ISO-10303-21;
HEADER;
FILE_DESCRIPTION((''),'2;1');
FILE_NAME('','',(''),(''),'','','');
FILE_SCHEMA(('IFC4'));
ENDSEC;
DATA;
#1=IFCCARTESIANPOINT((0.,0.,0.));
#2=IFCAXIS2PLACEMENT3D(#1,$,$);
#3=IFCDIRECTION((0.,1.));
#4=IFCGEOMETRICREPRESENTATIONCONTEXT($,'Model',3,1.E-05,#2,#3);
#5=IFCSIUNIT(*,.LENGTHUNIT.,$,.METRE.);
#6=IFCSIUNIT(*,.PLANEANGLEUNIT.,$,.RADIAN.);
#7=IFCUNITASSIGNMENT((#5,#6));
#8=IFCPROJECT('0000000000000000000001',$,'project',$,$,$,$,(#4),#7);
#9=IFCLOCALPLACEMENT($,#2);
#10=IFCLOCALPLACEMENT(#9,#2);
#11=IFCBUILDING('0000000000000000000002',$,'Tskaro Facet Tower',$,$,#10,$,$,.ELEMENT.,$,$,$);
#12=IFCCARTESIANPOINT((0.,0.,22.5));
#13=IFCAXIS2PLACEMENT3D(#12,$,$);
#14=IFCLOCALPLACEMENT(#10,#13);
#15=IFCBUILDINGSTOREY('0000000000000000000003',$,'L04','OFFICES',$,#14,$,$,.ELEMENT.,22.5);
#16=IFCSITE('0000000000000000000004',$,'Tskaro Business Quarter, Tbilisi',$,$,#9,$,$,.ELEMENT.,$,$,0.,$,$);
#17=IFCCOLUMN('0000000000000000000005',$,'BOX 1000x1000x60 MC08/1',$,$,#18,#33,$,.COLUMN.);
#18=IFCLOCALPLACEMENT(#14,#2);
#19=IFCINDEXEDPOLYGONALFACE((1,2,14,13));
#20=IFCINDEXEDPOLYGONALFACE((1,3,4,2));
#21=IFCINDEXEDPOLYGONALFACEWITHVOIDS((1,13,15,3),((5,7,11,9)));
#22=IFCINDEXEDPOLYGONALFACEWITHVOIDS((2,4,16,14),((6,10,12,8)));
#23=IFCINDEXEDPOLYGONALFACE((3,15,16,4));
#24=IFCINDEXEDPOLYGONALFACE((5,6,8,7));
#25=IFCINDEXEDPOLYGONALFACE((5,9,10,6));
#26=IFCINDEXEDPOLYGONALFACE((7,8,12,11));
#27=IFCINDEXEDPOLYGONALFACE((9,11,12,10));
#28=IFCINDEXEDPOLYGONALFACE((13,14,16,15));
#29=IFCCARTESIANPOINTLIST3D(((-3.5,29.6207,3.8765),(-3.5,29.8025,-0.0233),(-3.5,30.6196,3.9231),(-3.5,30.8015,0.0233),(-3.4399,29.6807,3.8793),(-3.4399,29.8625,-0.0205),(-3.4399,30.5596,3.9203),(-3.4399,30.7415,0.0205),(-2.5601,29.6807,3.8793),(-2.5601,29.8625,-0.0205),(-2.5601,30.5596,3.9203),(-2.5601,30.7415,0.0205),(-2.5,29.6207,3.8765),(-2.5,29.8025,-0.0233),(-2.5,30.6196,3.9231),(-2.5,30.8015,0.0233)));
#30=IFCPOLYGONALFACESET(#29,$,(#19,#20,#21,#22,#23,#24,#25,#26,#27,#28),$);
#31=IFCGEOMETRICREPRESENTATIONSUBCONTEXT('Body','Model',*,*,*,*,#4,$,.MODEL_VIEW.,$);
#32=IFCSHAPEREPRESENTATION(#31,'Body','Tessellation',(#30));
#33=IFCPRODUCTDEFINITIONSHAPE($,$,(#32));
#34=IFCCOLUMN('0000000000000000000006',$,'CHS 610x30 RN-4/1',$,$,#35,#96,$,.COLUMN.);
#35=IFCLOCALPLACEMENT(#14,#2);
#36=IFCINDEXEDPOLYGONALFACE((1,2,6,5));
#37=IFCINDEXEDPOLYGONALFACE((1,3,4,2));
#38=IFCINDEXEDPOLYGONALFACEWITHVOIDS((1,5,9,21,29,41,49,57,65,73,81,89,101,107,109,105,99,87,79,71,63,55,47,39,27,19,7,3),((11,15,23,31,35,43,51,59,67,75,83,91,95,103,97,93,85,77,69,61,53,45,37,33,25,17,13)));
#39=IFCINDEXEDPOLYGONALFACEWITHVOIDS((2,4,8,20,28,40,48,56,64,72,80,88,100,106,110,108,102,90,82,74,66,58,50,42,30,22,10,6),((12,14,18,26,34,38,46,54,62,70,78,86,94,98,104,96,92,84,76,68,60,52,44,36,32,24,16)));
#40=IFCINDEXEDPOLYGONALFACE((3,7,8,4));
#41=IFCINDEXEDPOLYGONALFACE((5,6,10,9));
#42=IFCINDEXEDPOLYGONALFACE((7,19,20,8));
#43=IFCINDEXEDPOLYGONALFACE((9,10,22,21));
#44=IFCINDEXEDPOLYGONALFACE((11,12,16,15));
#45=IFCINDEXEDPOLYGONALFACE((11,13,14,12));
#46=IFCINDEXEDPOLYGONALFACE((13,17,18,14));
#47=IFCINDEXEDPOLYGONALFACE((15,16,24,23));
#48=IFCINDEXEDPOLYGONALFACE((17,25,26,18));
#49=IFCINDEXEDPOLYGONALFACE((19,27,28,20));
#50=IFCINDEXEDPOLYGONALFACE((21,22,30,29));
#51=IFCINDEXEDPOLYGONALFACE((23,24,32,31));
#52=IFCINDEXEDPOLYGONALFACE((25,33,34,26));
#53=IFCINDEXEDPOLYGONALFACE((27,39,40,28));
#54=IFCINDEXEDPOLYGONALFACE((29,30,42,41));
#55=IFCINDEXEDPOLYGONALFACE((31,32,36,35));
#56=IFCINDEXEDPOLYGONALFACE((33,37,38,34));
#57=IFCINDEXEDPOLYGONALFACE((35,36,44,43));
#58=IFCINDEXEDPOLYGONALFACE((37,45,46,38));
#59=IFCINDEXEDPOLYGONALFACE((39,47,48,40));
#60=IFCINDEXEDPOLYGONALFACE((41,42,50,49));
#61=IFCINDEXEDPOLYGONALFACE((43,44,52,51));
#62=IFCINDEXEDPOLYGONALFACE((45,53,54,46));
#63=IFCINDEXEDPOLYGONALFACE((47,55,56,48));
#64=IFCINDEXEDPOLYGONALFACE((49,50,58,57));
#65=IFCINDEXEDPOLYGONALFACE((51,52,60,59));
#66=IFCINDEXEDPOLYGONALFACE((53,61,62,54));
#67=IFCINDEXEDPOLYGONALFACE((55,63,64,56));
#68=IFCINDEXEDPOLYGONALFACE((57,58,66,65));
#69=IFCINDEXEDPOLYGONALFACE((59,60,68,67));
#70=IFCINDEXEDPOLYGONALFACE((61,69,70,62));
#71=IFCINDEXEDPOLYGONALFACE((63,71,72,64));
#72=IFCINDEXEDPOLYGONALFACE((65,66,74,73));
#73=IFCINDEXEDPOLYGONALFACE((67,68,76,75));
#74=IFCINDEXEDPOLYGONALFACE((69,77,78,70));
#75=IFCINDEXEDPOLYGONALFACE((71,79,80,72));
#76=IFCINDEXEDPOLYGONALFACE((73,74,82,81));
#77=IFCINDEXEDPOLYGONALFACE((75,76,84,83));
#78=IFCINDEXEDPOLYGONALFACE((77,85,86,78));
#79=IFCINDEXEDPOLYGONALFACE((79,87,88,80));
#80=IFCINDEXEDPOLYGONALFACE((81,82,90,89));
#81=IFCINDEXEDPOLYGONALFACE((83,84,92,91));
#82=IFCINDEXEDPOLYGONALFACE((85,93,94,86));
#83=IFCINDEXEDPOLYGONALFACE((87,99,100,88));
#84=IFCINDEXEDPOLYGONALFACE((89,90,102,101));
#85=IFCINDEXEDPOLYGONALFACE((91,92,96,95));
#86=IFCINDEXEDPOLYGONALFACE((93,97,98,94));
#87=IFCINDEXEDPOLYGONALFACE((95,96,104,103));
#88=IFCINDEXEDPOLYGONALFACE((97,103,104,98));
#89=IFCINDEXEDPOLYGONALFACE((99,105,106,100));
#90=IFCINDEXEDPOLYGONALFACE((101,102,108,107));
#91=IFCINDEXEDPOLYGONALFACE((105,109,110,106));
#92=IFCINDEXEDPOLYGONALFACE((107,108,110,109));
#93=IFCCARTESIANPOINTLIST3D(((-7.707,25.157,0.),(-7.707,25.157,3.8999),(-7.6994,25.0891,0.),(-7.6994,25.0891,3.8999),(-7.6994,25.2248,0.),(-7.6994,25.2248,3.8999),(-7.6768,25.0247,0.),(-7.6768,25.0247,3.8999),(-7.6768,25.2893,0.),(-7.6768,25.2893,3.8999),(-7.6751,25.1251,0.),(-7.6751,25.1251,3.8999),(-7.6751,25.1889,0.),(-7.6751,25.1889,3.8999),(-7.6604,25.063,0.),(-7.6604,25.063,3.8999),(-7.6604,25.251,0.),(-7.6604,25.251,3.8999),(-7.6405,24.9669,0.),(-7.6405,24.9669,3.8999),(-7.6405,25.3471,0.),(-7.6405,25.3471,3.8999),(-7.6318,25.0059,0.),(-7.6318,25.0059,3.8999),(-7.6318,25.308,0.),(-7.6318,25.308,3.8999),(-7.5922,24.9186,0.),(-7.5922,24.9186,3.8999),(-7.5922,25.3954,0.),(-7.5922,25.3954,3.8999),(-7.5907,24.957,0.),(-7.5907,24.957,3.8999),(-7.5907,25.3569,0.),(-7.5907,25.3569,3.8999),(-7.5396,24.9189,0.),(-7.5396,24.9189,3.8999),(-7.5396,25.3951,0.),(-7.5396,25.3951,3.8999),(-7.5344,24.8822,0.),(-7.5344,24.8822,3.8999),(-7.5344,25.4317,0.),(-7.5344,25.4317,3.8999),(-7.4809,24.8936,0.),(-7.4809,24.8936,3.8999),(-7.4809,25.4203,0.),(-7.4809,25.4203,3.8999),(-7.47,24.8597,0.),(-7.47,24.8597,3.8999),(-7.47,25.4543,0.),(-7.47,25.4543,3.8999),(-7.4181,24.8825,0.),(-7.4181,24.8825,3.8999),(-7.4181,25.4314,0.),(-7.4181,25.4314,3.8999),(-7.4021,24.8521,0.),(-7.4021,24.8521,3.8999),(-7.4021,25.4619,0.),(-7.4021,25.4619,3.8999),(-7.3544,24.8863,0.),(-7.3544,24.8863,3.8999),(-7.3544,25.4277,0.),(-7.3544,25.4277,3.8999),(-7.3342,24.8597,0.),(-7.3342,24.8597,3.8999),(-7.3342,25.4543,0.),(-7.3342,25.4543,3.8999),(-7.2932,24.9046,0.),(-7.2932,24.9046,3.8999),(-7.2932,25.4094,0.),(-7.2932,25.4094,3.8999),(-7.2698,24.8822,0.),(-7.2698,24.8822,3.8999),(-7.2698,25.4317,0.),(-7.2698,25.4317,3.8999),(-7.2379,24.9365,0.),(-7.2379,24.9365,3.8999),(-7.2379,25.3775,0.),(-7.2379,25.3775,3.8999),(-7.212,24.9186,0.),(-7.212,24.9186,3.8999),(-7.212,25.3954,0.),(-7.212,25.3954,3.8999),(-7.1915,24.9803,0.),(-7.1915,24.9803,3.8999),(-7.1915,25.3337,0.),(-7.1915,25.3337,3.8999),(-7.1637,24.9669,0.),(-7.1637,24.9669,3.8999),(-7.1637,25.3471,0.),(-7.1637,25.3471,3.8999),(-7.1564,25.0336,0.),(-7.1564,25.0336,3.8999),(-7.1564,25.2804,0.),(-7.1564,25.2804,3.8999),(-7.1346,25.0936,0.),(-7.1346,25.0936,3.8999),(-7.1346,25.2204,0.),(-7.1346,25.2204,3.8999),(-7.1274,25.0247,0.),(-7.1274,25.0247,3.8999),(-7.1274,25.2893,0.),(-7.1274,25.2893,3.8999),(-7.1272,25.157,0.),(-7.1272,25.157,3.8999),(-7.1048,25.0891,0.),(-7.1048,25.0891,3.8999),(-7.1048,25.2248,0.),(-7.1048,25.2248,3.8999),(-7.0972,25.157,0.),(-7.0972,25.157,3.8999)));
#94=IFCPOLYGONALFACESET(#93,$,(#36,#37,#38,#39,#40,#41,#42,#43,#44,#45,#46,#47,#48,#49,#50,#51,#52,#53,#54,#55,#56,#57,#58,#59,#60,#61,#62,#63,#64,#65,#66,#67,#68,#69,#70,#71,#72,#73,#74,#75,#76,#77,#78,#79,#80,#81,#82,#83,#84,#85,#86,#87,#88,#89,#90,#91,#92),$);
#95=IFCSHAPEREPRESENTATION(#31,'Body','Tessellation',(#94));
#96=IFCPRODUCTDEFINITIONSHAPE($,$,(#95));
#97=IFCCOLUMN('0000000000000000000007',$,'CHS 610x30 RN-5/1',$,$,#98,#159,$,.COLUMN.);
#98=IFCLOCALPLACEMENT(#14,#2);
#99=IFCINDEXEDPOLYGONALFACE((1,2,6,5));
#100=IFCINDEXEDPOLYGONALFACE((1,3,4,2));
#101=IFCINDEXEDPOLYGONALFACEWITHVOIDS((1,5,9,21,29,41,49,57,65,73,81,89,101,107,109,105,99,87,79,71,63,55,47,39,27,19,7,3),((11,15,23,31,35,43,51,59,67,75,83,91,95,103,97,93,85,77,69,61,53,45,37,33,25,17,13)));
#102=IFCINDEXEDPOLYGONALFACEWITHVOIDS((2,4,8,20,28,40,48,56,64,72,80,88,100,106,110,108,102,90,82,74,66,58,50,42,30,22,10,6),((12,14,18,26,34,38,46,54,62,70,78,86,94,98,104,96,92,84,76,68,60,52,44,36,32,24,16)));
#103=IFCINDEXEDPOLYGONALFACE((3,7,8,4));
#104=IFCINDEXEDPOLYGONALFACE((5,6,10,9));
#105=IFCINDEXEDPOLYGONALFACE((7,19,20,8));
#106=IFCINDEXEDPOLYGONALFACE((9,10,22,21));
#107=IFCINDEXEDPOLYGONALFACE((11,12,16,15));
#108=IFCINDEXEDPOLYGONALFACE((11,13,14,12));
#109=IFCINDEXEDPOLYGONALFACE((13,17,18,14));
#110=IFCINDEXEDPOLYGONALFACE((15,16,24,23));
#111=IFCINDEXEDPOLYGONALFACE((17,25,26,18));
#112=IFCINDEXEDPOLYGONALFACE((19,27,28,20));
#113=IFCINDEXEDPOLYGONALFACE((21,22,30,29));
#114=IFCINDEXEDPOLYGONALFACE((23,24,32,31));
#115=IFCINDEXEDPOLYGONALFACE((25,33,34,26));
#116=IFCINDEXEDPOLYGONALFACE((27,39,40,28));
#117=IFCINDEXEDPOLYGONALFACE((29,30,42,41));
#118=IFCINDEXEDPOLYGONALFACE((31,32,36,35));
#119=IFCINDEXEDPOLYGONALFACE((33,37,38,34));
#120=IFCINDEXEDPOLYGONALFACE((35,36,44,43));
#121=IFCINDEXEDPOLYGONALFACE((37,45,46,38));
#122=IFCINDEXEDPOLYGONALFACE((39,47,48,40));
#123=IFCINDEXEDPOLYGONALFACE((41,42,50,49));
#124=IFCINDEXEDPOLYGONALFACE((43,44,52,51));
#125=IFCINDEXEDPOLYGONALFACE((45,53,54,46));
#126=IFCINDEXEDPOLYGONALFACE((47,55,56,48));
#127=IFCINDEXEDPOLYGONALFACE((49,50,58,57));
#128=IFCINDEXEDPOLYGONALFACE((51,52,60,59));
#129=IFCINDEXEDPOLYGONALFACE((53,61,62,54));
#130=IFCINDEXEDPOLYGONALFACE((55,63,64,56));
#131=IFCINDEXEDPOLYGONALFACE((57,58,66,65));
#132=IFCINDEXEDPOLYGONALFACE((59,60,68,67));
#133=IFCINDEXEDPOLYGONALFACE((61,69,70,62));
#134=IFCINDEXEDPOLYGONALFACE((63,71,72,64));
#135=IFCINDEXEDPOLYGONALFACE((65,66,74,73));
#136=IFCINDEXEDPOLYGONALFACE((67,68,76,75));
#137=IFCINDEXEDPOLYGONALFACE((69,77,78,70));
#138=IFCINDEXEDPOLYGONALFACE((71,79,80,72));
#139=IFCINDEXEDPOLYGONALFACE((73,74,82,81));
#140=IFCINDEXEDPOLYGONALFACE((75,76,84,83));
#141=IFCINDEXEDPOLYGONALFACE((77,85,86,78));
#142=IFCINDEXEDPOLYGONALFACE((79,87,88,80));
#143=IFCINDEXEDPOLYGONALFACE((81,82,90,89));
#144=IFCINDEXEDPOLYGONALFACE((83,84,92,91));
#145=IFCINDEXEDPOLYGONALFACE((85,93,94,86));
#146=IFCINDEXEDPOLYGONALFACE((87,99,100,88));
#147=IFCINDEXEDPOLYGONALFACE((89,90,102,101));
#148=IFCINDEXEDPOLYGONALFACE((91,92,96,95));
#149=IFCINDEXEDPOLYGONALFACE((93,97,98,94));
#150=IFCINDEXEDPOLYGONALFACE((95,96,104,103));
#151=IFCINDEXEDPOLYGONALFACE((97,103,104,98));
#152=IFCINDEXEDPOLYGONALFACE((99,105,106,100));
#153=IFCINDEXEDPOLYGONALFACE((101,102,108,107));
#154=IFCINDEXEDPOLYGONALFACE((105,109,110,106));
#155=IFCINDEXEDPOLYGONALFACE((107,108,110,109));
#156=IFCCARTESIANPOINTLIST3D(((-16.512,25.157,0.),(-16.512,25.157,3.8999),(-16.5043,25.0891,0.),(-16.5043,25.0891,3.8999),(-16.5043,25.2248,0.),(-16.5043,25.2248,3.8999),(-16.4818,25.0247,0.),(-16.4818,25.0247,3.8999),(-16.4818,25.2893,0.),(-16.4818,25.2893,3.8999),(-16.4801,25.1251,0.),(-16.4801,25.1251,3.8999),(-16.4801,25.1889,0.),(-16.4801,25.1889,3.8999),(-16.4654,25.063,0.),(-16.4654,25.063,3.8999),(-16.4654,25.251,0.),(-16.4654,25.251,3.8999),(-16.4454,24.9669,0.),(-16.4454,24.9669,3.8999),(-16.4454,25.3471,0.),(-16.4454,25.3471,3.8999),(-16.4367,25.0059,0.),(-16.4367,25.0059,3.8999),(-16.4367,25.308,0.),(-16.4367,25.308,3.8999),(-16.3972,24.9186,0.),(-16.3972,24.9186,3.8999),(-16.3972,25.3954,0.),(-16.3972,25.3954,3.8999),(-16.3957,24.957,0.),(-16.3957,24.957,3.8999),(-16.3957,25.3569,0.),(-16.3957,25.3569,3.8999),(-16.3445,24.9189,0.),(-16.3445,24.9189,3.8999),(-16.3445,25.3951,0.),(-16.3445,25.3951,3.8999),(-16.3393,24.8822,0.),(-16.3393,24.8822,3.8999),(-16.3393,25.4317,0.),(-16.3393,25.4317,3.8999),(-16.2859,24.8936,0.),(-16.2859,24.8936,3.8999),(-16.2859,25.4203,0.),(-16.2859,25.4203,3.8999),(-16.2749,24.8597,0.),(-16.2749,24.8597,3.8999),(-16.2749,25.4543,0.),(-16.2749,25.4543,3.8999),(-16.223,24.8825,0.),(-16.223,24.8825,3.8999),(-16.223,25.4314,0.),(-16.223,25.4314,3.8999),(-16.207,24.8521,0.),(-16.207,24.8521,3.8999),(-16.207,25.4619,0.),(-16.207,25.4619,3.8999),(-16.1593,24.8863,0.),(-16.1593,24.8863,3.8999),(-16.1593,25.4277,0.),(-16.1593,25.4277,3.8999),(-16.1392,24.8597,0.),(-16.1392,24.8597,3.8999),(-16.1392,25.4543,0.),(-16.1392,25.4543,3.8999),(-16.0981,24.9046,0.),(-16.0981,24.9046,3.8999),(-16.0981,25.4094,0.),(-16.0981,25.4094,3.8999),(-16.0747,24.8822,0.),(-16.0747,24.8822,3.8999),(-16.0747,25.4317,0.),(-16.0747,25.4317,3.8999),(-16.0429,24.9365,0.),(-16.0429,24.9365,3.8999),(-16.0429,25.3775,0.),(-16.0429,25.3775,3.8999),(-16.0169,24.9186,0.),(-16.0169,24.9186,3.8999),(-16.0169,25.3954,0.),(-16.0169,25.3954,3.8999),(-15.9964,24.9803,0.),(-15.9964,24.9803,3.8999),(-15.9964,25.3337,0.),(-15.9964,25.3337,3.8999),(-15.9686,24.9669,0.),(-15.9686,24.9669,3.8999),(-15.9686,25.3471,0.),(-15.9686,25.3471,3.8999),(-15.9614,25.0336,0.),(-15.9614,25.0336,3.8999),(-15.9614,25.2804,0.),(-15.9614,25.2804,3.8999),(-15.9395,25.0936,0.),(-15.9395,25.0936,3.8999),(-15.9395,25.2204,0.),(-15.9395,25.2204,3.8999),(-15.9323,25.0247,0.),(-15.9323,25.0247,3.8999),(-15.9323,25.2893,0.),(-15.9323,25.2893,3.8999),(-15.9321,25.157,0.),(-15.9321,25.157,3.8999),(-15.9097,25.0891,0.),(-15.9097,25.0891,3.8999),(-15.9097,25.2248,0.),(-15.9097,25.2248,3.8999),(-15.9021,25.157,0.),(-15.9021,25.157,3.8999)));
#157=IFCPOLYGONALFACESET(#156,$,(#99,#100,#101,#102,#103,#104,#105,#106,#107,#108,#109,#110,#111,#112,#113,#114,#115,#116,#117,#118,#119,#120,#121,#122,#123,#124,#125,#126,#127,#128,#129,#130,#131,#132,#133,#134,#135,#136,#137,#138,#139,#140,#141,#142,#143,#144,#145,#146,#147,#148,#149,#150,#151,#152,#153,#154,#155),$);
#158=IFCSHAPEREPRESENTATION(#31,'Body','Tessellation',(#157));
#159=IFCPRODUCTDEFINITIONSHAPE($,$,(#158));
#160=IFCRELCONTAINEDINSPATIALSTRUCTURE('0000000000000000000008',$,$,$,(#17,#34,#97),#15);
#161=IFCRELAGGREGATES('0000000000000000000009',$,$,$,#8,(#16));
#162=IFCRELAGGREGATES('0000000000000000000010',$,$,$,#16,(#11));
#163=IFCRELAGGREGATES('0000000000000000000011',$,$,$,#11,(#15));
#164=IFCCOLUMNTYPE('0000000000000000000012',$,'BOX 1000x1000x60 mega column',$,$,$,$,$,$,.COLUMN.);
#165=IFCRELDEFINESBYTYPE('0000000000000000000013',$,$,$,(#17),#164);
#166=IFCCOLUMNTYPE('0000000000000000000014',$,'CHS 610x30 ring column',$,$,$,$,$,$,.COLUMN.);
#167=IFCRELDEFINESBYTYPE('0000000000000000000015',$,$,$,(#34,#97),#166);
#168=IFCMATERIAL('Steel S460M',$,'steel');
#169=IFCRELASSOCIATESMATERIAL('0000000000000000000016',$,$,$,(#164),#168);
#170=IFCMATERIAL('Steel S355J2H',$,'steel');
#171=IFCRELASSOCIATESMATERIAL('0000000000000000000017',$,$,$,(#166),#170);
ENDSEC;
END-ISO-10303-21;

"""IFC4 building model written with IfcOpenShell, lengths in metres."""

from ifc_helpers import new_model, si_unit, direction, frame, origin, origin_2d, place, context, subcontext, project, spatial, hollow_rectangle, hollow_circle, extrude, material, material_profile, profile_set, type_object, element, save


model = new_model("IFC4")

# Units and contexts
model_context = context("Model", 3, precision=1e-05, world=origin(), true_north=direction((0.0, 1.0)))
body_context = subcontext(model_context, "Body", "Model", "MODEL_VIEW")
ifc_project = project(units=[si_unit("LENGTHUNIT", "METRE"), si_unit("PLANEANGLEUNIT", "RADIAN")], contexts=[model_context])

# Site, building, storey
site_placement = place(None, origin())
site = spatial("IfcSite", under=ifc_project, at=site_placement, Name="Tskaro Business Quarter, Tbilisi", CompositionType="ELEMENT", RefElevation=0.0)
building_placement = place(site_placement, origin())
building = spatial("IfcBuilding", under=site, at=building_placement, Name="Tskaro Facet Tower", CompositionType="ELEMENT")
storey_placement = place(building_placement, frame((0.0, 0.0, 22.5)))
storey = spatial("IfcBuildingStorey", under=building, at=storey_placement, Name="L04", Description="OFFICES", CompositionType="ELEMENT", Elevation=22.5)

# Columns
ifc_material_1 = material(Name="Steel S460M", Category="steel")
ifc_material_profile_1 = material_profile(ifc_material_1, hollow_rectangle(XDim=1.0, YDim=1.0, WallThickness=0.0601, at=origin_2d()), Name="BOX 1000x1000x60")
ifc_profile_set_1 = profile_set([ifc_material_profile_1], Name="Steel S460M")
column_type_1 = type_object("IfcColumnType", Name="BOX 1000x1000x60 mega column", PredefinedType="COLUMN", material=ifc_profile_set_1)
column_placement = place(storey_placement, frame((-3.0, 30.302, 0.0), z_axis=(0.0, -0.046588, 0.998914), x_axis=(1.0, 0.0, 0.0)))
element("IfcColumn", 1, at=column_placement, inside=storey, type_object=column_type_1, Name="BOX 1000x1000x60 MC08/1", PredefinedType="COLUMN", context=body_context, shape_type="SweptSolid", body=[
    extrude(hollow_rectangle(XDim=1.0, YDim=1.0, WallThickness=0.0601, at=origin_2d()), origin(), (0.0, 0.0, 1.0), 3.9041),
])
ifc_material_2 = material(Name="Steel S355J2H", Category="steel")
ifc_material_profile_2 = material_profile(ifc_material_2, hollow_circle(Radius=0.3049, WallThickness=0.03, at=origin_2d()), Name="CHS 610x30")
ifc_profile_set_2 = profile_set([ifc_material_profile_2], Name="Steel S355J2H")
column_type_2 = type_object("IfcColumnType", Name="CHS 610x30 ring column", PredefinedType="COLUMN", material=ifc_profile_set_2)
for number, where, z_axis, x_axis, name in (
    (2, (-7.4021, 25.157, 0.0), (0.0, 0.0, 1.0), (1.0, 0.0, 0.0), "CHS 610x30 RN-4/1"),
    (3, (-16.207, 25.157, 0.0), (0.0, 0.0, 1.0), (1.0, 0.0, 0.0), "CHS 610x30 RN-5/1"),
):
    element("IfcColumn", number, at=place(storey_placement, frame(where, z_axis=z_axis, x_axis=x_axis)), inside=storey, type_object=column_type_2, Name=name, PredefinedType="COLUMN", context=body_context, shape_type="SweptSolid", body=[
        extrude(hollow_circle(Radius=0.3049, WallThickness=0.03, at=origin_2d()), origin(), (0.0, 0.0, 1.0), 3.8999),
    ])

save(model, "model.ifc")
